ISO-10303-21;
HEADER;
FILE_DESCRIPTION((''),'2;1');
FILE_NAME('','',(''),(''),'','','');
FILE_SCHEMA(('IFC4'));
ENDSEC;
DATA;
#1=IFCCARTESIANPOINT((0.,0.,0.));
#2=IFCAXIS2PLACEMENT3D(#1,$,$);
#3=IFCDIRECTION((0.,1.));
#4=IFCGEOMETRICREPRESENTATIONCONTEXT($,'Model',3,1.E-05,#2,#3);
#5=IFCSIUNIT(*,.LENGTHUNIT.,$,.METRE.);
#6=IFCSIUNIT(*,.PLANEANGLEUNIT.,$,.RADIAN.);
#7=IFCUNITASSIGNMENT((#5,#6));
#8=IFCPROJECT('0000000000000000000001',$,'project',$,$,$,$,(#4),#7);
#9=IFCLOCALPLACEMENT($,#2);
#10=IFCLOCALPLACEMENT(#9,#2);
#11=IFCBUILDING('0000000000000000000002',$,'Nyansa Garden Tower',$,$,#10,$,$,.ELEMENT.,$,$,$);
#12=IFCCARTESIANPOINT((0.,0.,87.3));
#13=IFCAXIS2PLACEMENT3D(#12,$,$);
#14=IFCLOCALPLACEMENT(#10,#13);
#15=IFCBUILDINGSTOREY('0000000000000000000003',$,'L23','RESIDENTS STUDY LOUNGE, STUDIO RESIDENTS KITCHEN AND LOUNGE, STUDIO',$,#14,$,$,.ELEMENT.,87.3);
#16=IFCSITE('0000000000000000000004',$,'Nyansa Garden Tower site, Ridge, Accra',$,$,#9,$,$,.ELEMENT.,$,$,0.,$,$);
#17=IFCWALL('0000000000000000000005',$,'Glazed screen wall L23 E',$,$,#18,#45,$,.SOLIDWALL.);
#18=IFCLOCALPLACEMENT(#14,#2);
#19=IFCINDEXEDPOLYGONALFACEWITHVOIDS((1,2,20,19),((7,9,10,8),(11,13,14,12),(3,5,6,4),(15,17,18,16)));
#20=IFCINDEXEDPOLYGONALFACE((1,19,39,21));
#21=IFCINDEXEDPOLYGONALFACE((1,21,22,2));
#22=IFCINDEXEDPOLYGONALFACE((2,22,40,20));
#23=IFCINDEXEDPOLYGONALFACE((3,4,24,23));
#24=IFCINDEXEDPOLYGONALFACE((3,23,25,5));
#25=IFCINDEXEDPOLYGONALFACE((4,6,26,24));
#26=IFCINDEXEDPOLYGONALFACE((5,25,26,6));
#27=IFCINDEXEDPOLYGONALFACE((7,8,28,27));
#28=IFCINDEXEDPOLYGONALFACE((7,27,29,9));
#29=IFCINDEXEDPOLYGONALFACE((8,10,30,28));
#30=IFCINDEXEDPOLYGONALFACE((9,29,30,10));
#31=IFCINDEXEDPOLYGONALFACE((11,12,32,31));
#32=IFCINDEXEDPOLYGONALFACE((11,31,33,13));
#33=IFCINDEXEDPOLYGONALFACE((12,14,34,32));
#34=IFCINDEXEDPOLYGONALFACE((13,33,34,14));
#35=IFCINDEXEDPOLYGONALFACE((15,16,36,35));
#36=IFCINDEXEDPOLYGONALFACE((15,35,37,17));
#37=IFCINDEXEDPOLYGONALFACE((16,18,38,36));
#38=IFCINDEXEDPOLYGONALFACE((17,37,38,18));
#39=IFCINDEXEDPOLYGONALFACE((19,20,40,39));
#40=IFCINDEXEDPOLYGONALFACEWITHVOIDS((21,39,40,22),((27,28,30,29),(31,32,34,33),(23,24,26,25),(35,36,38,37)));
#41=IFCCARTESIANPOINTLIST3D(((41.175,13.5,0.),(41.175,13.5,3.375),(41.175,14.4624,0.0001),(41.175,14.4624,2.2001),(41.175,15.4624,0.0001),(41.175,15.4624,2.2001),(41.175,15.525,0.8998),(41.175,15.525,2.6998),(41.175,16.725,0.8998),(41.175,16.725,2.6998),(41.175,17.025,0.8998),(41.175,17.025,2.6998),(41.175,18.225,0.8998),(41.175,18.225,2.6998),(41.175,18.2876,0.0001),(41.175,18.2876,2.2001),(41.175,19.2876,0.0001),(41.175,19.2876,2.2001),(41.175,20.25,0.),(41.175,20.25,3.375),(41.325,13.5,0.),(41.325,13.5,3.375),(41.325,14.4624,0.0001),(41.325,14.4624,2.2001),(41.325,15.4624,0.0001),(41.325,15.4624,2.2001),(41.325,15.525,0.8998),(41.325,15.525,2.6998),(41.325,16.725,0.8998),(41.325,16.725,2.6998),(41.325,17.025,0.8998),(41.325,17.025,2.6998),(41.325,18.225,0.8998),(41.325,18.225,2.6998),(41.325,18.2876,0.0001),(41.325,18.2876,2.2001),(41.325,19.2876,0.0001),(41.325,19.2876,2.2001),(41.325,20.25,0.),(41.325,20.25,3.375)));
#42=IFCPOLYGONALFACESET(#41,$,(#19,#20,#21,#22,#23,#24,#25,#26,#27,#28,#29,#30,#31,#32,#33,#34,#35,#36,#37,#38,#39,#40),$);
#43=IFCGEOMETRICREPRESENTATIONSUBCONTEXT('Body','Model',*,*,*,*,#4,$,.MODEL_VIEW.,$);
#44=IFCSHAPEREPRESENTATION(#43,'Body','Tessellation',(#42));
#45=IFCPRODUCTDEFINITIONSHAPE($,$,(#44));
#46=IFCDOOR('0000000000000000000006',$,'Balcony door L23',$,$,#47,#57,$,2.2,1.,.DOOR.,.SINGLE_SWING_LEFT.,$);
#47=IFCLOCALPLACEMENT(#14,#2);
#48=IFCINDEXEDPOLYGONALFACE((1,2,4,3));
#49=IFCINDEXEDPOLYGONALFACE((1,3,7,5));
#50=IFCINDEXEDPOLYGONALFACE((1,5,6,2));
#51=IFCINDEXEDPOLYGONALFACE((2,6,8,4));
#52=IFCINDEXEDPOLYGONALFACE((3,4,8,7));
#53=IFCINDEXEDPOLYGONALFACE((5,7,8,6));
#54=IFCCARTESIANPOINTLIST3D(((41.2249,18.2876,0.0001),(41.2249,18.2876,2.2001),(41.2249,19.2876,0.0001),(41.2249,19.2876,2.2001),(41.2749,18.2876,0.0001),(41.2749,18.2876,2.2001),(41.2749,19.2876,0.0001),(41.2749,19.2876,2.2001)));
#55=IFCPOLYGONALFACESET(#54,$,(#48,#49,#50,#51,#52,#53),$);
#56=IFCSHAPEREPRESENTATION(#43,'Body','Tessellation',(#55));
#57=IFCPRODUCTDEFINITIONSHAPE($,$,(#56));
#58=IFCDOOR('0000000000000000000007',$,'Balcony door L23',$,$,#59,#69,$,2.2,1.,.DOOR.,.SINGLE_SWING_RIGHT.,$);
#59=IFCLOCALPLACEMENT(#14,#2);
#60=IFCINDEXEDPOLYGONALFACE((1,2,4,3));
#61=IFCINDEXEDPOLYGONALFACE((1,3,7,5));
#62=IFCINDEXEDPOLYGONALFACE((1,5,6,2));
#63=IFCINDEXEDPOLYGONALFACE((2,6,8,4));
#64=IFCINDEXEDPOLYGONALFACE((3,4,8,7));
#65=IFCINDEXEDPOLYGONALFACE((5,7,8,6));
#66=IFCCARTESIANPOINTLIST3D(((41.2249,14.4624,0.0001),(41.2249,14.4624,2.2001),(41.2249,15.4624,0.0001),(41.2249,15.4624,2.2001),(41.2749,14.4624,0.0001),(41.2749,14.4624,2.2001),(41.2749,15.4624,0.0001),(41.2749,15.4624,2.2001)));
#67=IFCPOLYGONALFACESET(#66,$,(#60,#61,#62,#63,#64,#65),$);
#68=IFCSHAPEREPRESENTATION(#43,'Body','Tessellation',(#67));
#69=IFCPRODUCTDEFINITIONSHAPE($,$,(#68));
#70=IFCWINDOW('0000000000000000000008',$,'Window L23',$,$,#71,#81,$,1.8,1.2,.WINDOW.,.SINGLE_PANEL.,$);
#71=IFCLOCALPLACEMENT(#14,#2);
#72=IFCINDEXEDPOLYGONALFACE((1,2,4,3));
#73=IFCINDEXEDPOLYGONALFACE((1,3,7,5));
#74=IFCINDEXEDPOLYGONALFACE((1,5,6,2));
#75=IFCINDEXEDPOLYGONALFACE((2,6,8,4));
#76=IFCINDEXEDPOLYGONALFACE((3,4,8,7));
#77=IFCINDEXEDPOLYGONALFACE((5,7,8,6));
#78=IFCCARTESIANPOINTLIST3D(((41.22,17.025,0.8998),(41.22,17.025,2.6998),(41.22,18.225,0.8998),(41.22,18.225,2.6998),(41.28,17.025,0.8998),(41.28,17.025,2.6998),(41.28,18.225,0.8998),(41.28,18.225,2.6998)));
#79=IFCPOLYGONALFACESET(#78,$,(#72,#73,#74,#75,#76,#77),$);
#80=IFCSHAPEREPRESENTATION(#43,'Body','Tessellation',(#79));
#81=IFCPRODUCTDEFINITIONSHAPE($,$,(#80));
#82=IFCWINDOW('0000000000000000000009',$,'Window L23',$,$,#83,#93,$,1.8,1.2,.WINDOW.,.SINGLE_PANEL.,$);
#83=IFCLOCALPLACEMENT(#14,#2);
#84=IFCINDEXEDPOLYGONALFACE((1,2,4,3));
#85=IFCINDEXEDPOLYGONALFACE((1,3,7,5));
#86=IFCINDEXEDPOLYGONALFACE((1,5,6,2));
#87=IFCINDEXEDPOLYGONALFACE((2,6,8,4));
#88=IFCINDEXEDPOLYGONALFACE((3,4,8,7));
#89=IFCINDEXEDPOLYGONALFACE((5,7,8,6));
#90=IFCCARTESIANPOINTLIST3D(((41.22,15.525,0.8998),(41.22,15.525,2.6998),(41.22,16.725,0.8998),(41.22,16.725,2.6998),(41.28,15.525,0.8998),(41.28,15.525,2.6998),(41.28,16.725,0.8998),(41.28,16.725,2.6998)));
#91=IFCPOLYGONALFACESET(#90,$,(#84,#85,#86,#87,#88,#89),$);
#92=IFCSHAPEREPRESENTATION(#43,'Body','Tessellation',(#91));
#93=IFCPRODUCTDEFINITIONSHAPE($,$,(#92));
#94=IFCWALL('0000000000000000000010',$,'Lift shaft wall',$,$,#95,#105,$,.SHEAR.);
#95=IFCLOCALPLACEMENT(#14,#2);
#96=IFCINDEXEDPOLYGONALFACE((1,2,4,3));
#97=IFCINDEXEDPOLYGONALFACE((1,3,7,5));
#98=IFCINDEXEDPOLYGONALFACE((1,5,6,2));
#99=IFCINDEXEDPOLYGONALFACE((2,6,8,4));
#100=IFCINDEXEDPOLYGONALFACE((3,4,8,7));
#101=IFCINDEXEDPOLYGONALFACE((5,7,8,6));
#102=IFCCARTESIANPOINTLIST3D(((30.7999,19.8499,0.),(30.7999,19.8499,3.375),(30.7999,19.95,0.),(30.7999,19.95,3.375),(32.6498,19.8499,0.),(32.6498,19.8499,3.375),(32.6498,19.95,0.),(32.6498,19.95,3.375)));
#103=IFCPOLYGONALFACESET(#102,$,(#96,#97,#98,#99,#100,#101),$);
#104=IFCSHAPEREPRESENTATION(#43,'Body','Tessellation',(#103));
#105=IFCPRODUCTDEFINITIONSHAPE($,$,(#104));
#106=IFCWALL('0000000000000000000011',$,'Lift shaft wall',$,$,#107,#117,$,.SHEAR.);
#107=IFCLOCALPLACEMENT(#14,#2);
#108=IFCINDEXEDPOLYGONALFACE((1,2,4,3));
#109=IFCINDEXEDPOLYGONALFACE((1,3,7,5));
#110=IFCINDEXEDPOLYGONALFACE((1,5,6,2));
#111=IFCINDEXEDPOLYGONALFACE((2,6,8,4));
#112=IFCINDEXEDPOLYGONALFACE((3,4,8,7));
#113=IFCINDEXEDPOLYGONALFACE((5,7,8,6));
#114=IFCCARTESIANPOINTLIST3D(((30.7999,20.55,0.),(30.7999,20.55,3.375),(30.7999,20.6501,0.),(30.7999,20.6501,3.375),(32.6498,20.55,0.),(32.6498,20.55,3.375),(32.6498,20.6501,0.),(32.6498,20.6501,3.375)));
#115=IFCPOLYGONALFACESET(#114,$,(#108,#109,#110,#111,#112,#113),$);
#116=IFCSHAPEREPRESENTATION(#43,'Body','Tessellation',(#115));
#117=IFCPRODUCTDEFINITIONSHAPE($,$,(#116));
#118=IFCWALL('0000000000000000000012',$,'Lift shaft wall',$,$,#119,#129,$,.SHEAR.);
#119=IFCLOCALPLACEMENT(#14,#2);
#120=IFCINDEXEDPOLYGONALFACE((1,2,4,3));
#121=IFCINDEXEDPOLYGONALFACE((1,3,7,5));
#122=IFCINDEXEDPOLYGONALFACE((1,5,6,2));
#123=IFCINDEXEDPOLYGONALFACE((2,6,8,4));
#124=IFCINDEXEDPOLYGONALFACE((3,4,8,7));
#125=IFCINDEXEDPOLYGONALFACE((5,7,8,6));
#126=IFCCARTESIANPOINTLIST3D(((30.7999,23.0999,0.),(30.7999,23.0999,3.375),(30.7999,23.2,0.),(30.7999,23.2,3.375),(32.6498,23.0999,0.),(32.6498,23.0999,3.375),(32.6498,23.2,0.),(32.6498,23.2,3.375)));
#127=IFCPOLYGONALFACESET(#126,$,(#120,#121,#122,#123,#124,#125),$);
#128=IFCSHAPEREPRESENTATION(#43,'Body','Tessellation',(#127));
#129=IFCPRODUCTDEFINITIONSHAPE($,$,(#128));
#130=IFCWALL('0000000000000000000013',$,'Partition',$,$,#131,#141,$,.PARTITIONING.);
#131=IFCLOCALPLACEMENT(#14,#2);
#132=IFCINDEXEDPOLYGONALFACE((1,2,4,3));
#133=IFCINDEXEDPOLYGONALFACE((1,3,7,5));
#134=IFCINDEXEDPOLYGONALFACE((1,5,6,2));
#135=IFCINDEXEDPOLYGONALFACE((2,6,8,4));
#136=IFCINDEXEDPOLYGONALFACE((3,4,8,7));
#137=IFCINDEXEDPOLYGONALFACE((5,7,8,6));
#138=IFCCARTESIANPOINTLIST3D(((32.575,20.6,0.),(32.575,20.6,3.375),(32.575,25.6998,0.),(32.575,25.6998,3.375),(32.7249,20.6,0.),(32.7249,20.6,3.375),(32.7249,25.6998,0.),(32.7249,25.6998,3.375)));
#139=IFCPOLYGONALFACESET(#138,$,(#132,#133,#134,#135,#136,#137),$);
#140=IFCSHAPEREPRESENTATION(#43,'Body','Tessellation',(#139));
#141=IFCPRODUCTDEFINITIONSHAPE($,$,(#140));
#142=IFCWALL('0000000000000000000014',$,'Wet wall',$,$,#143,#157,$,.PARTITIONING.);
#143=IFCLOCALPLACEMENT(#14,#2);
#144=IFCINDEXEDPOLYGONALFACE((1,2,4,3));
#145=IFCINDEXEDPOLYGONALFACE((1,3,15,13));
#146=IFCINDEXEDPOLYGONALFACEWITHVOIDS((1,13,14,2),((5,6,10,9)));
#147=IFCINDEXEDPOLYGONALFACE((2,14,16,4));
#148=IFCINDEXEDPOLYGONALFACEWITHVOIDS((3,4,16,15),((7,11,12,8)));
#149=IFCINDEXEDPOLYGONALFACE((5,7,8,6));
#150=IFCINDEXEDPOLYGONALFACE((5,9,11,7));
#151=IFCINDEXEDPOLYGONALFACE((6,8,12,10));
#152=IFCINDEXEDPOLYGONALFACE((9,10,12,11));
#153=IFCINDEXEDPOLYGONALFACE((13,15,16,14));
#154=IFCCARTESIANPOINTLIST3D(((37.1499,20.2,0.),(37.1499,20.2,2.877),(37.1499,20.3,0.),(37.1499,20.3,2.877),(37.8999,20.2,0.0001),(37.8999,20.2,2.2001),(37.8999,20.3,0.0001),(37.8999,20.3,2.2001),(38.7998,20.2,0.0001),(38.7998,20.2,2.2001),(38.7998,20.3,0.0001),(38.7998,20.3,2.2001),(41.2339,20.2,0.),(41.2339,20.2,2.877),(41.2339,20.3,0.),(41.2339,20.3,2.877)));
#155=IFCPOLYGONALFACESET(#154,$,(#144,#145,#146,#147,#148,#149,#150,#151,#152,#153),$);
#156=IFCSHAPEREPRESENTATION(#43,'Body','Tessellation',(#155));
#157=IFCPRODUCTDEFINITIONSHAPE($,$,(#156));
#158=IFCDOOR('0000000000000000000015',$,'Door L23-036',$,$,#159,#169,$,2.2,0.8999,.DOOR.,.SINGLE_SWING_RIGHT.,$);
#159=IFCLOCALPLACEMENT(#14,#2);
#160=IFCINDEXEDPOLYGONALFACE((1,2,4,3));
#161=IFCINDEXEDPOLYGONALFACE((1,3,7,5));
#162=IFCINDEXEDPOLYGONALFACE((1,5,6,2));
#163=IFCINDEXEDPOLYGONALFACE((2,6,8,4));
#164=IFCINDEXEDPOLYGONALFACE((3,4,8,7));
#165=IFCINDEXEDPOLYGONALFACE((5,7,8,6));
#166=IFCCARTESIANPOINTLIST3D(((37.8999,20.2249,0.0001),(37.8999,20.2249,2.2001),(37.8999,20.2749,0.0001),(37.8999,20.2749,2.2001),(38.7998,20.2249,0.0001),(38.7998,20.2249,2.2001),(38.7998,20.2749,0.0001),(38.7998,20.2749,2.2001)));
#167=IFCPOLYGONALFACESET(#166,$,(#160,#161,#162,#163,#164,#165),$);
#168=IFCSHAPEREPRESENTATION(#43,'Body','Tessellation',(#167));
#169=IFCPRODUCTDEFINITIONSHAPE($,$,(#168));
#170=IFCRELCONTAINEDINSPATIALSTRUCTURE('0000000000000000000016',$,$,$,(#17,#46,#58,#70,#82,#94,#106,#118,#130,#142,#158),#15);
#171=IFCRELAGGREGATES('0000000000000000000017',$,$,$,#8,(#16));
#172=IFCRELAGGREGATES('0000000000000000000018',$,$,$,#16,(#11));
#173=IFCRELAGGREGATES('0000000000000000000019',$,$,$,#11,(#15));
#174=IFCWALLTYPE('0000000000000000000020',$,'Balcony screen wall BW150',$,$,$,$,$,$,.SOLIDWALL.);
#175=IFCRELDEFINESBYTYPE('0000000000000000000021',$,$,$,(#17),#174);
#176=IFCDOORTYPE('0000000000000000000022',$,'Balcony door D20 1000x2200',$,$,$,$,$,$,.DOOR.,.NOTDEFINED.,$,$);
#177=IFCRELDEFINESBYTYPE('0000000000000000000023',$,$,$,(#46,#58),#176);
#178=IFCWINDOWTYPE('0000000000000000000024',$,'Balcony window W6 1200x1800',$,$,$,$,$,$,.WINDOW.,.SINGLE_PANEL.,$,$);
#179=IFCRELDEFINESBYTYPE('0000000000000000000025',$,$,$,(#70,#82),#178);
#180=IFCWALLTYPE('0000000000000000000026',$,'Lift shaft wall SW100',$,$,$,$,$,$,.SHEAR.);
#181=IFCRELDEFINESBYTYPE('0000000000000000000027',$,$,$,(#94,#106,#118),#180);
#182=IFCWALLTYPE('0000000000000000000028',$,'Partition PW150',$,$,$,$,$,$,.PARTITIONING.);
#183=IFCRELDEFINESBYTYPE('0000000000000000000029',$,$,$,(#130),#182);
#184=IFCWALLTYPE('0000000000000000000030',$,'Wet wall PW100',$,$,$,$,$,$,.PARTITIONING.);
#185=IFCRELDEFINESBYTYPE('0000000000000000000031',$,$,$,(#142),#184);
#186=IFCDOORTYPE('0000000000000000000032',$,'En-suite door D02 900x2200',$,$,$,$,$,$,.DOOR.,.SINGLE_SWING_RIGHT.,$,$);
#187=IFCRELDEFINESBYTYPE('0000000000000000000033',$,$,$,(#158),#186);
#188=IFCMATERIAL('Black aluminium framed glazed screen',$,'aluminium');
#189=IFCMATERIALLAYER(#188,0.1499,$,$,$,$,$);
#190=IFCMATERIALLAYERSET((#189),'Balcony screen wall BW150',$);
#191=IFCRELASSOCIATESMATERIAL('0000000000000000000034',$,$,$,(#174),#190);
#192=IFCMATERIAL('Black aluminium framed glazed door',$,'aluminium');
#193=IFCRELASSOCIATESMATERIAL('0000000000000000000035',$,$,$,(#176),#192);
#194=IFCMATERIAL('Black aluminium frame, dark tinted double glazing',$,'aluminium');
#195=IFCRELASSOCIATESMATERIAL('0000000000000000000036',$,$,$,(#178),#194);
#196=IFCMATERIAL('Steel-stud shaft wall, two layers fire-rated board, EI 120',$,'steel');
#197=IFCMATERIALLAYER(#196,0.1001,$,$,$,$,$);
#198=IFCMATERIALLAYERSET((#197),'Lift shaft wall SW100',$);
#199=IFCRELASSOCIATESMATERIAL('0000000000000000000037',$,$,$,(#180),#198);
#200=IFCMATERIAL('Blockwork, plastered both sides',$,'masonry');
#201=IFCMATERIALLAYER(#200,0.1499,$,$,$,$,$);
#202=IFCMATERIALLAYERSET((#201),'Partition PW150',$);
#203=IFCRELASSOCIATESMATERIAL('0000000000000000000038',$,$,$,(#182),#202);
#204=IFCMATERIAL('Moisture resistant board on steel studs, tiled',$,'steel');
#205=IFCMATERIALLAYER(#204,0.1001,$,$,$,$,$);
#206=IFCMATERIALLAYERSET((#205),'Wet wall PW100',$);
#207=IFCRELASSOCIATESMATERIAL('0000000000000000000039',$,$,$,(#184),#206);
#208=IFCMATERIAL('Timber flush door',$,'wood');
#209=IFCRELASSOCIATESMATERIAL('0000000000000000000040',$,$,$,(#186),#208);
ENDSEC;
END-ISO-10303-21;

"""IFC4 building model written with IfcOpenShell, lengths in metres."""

from ifc_helpers import new_model, si_unit, direction, frame, frame_2d, origin, place, context, subcontext, project, spatial, rectangle, extrude, material, layer, layer_set, type_object, element, fill, save


model = new_model("IFC4")

# Units and contexts
model_context = context("Model", 3, precision=1e-05, world=origin(), true_north=direction((0.0, 1.0)))
body_context = subcontext(model_context, "Body", "Model", "MODEL_VIEW")
ifc_project = project(units=[si_unit("LENGTHUNIT", "METRE"), si_unit("PLANEANGLEUNIT", "RADIAN")], contexts=[model_context])

# Site, building, storey
site_placement = place(None, origin())
site = spatial("IfcSite", under=ifc_project, at=site_placement, Name="Nyansa Garden Tower site, Ridge, Accra", CompositionType="ELEMENT", RefElevation=0.0)
building_placement = place(site_placement, origin())
building = spatial("IfcBuilding", under=site, at=building_placement, Name="Nyansa Garden Tower", CompositionType="ELEMENT")
storey_placement = place(building_placement, frame((0.0, 0.0, 87.3)))
storey = spatial("IfcBuildingStorey", under=building, at=storey_placement, Name="L23", Description="RESIDENTS STUDY LOUNGE, STUDIO RESIDENTS KITCHEN AND LOUNGE, STUDIO", CompositionType="ELEMENT", Elevation=87.3)

# Wall, openings, doors, windows
ifc_material_1 = material(Name="Black aluminium framed glazed screen", Category="aluminium")
ifc_layer_1 = layer(ifc_material_1, 0.1499)
ifc_layer_set_1 = layer_set([ifc_layer_1], Name="Balcony screen wall BW150")
wall_type_1 = type_object("IfcWallType", Name="Balcony screen wall BW150", PredefinedType="SOLIDWALL", material=ifc_layer_set_1)
wall_1_placement = place(storey_placement, frame((41.25, 20.25, 0.0), z_axis=(0.0, 0.0, 1.0), x_axis=(0.0, -1.0, 0.0)))
wall_1 = element("IfcWall", 1, at=wall_1_placement, inside=storey, type_object=wall_type_1, Name="Glazed screen wall L23 E", PredefinedType="SOLIDWALL", context=body_context, shape_type="SweptSolid", body=[
    extrude(rectangle(XDim=6.75, YDim=0.1499, at=frame_2d((3.375, 0.0))), origin(), (0.0, 0.0, 1.0), 3.375),
])
opening_1_placement = place(wall_1_placement, frame((0.9624, 0.0, 0.0)))
opening_1 = element("IfcOpeningElement", 2, at=opening_1_placement, cuts=wall_1, PredefinedType="OPENING", context=body_context, shape_type="SweptSolid", body=[
    extrude(rectangle(XDim=1.0, YDim=2.2, at=frame_2d((0.5, 1.1001))), frame((0.0, 0.085, 0.0), z_axis=(0.0, -1.0, 0.0), x_axis=(1.0, 0.0, 0.0)), (0.0, 0.0, 1.0), 0.1699),
])
opening_2_placement = place(wall_1_placement, frame((2.0249, 0.0, 0.8999)))
opening_2 = element("IfcOpeningElement", 3, at=opening_2_placement, cuts=wall_1, PredefinedType="OPENING", context=body_context, shape_type="SweptSolid", body=[
    extrude(rectangle(XDim=1.2, YDim=1.8, at=frame_2d((0.6001, 0.8999))), frame((0.0, 0.085, 0.0), z_axis=(0.0, -1.0, 0.0), x_axis=(1.0, 0.0, 0.0)), (0.0, 0.0, 1.0), 0.1699),
])
opening_3_placement = place(wall_1_placement, frame((4.7876, 0.0, 0.0)))
opening_3 = element("IfcOpeningElement", 4, at=opening_3_placement, cuts=wall_1, PredefinedType="OPENING", context=body_context, shape_type="SweptSolid", body=[
    extrude(rectangle(XDim=1.0, YDim=2.2, at=frame_2d((0.5, 1.1001))), frame((0.0, 0.085, 0.0), z_axis=(0.0, -1.0, 0.0), x_axis=(1.0, 0.0, 0.0)), (0.0, 0.0, 1.0), 0.1699),
])
opening_4_placement = place(wall_1_placement, frame((3.5249, 0.0, 0.8999)))
opening_4 = element("IfcOpeningElement", 5, at=opening_4_placement, cuts=wall_1, PredefinedType="OPENING", context=body_context, shape_type="SweptSolid", body=[
    extrude(rectangle(XDim=1.2, YDim=1.8, at=frame_2d((0.6001, 0.8999))), frame((0.0, 0.085, 0.0), z_axis=(0.0, -1.0, 0.0), x_axis=(1.0, 0.0, 0.0)), (0.0, 0.0, 1.0), 0.1699),
])
ifc_material_2 = material(Name="Black aluminium framed glazed door", Category="aluminium")
door_type_1 = type_object("IfcDoorType", Name="Balcony door D20 1000x2200", OperationType="NOTDEFINED", PredefinedType="DOOR", material=ifc_material_2)
door_1_placement = place(opening_1_placement, origin())
door_1 = element("IfcDoor", 6, at=door_1_placement, inside=storey, type_object=door_type_1, Name="Balcony door L23", OperationType="SINGLE_SWING_LEFT", OverallHeight=2.2, OverallWidth=1.0, PredefinedType="DOOR", context=body_context, shape_type="SweptSolid", body=[
    extrude(rectangle(XDim=1.0, YDim=2.2, at=frame_2d((0.5, 1.1001))), frame((0.0, 0.0249, 0.0), z_axis=(0.0, -1.0, 0.0), x_axis=(1.0, 0.0, 0.0)), (0.0, 0.0, 1.0), 0.05),
])
fill(opening_1, door_1)
door_2_placement = place(opening_3_placement, origin())
door_2 = element("IfcDoor", 7, at=door_2_placement, inside=storey, type_object=door_type_1, Name="Balcony door L23", OperationType="SINGLE_SWING_RIGHT", OverallHeight=2.2, OverallWidth=1.0, PredefinedType="DOOR", context=body_context, shape_type="SweptSolid", body=[
    extrude(rectangle(XDim=1.0, YDim=2.2, at=frame_2d((0.5, 1.1001))), frame((0.0, 0.0249, 0.0), z_axis=(0.0, -1.0, 0.0), x_axis=(1.0, 0.0, 0.0)), (0.0, 0.0, 1.0), 0.05),
])
fill(opening_3, door_2)
ifc_material_3 = material(Name="Black aluminium frame, dark tinted double glazing", Category="aluminium")
window_type = type_object("IfcWindowType", Name="Balcony window W6 1200x1800", PartitioningType="SINGLE_PANEL", PredefinedType="WINDOW", material=ifc_material_3)
window_1_placement = place(opening_2_placement, origin())
window_1 = element("IfcWindow", 8, at=window_1_placement, inside=storey, type_object=window_type, Name="Window L23", OverallHeight=1.8, OverallWidth=1.2, PartitioningType="SINGLE_PANEL", PredefinedType="WINDOW", context=body_context, shape_type="SweptSolid", body=[
    extrude(rectangle(XDim=1.2, YDim=1.8, at=frame_2d((0.6001, 0.8999))), frame((0.0, 0.03, 0.0), z_axis=(0.0, -1.0, 0.0), x_axis=(1.0, 0.0, 0.0)), (0.0, 0.0, 1.0), 0.0601),
])
fill(opening_2, window_1)
window_2_placement = place(opening_4_placement, origin())
window_2 = element("IfcWindow", 9, at=window_2_placement, inside=storey, type_object=window_type, Name="Window L23", OverallHeight=1.8, OverallWidth=1.2, PartitioningType="SINGLE_PANEL", PredefinedType="WINDOW", context=body_context, shape_type="SweptSolid", body=[
    extrude(rectangle(XDim=1.2, YDim=1.8, at=frame_2d((0.6001, 0.8999))), frame((0.0, 0.03, 0.0), z_axis=(0.0, -1.0, 0.0), x_axis=(1.0, 0.0, 0.0)), (0.0, 0.0, 1.0), 0.0601),
])
fill(opening_4, window_2)

# Walls
ifc_material_4 = material(Name="Steel-stud shaft wall, two layers fire-rated board, EI 120", Category="steel")
ifc_layer_2 = layer(ifc_material_4, 0.1001)
ifc_layer_set_2 = layer_set([ifc_layer_2], Name="Lift shaft wall SW100")
wall_type_2 = type_object("IfcWallType", Name="Lift shaft wall SW100", PredefinedType="SHEAR", material=ifc_layer_set_2)
for number, where, z_axis, x_axis, name in (
    (10, (30.8, 19.8999, 0.0), (0.0, 0.0, 1.0), (1.0, 0.0, 0.0), "Lift shaft wall"),
    (11, (30.8, 20.6001, 0.0), (0.0, 0.0, 1.0), (1.0, 0.0, 0.0), "Lift shaft wall"),
    (12, (30.8, 23.1499, 0.0), (0.0, 0.0, 1.0), (1.0, 0.0, 0.0), "Lift shaft wall"),
):
    element("IfcWall", number, at=place(storey_placement, frame(where, z_axis=z_axis, x_axis=x_axis)), inside=storey, type_object=wall_type_2, Name=name, PredefinedType="SHEAR", context=body_context, shape_type="SweptSolid", body=[
        extrude(rectangle(XDim=1.8499, YDim=0.1001, at=frame_2d((0.9248, 0.0))), origin(), (0.0, 0.0, 1.0), 3.375),
    ])
ifc_material_5 = material(Name="Blockwork, plastered both sides", Category="masonry")
ifc_layer_3 = layer(ifc_material_5, 0.1499)
ifc_layer_set_3 = layer_set([ifc_layer_3], Name="Partition PW150")
wall_type_3 = type_object("IfcWallType", Name="Partition PW150", PredefinedType="PARTITIONING", material=ifc_layer_set_3)
wall_2_placement = place(storey_placement, frame((32.6499, 20.6001, 0.0), z_axis=(0.0, 0.0, 1.0), x_axis=(0.0, 1.0, 0.0)))
element("IfcWall", 13, at=wall_2_placement, inside=storey, type_object=wall_type_3, Name="Partition", PredefinedType="PARTITIONING", context=body_context, shape_type="SweptSolid", body=[
    extrude(rectangle(XDim=5.0999, YDim=0.1499, at=frame_2d((2.5498, 0.0))), origin(), (0.0, 0.0, 1.0), 3.375),
])

# Wall, opening, door
ifc_material_6 = material(Name="Moisture resistant board on steel studs, tiled", Category="steel")
ifc_layer_4 = layer(ifc_material_6, 0.1001)
ifc_layer_set_4 = layer_set([ifc_layer_4], Name="Wet wall PW100")
wall_type_4 = type_object("IfcWallType", Name="Wet wall PW100", PredefinedType="PARTITIONING", material=ifc_layer_set_4)
wall_3_placement = place(storey_placement, frame((37.1499, 20.25, 0.0), z_axis=(0.0, 0.0, 1.0), x_axis=(1.0, 0.0, 0.0)))
wall_3 = element("IfcWall", 14, at=wall_3_placement, inside=storey, type_object=wall_type_4, Name="Wet wall", PredefinedType="PARTITIONING", context=body_context, shape_type="SweptSolid", body=[
    extrude(rectangle(XDim=4.084, YDim=0.1001, at=frame_2d((2.042, 0.0))), origin(), (0.0, 0.0, 1.0), 2.877),
])
opening_5_placement = place(wall_3_placement, frame((0.75, 0.0, 0.0)))
opening_5 = element("IfcOpeningElement", 15, at=opening_5_placement, cuts=wall_3, PredefinedType="OPENING", context=body_context, shape_type="SweptSolid", body=[
    extrude(rectangle(XDim=0.8999, YDim=2.2, at=frame_2d((0.45, 1.1001))), frame((0.0, 0.0601, 0.0), z_axis=(0.0, -1.0, 0.0), x_axis=(1.0, 0.0, 0.0)), (0.0, 0.0, 1.0), 0.1201),
])
ifc_material_7 = material(Name="Timber flush door", Category="wood")
door_type_2 = type_object("IfcDoorType", Name="En-suite door D02 900x2200", OperationType="SINGLE_SWING_RIGHT", PredefinedType="DOOR", material=ifc_material_7)
door_3_placement = place(opening_5_placement, origin())
door_3 = element("IfcDoor", 16, at=door_3_placement, inside=storey, type_object=door_type_2, Name="Door L23-036", OperationType="SINGLE_SWING_RIGHT", OverallHeight=2.2, OverallWidth=0.8999, PredefinedType="DOOR", context=body_context, shape_type="SweptSolid", body=[
    extrude(rectangle(XDim=0.8999, YDim=2.2, at=frame_2d((0.45, 1.1001))), frame((0.0, 0.0249, 0.0), z_axis=(0.0, -1.0, 0.0), x_axis=(1.0, 0.0, 0.0)), (0.0, 0.0, 1.0), 0.05),
])
fill(opening_5, door_3)

save(model, "model.ifc")
